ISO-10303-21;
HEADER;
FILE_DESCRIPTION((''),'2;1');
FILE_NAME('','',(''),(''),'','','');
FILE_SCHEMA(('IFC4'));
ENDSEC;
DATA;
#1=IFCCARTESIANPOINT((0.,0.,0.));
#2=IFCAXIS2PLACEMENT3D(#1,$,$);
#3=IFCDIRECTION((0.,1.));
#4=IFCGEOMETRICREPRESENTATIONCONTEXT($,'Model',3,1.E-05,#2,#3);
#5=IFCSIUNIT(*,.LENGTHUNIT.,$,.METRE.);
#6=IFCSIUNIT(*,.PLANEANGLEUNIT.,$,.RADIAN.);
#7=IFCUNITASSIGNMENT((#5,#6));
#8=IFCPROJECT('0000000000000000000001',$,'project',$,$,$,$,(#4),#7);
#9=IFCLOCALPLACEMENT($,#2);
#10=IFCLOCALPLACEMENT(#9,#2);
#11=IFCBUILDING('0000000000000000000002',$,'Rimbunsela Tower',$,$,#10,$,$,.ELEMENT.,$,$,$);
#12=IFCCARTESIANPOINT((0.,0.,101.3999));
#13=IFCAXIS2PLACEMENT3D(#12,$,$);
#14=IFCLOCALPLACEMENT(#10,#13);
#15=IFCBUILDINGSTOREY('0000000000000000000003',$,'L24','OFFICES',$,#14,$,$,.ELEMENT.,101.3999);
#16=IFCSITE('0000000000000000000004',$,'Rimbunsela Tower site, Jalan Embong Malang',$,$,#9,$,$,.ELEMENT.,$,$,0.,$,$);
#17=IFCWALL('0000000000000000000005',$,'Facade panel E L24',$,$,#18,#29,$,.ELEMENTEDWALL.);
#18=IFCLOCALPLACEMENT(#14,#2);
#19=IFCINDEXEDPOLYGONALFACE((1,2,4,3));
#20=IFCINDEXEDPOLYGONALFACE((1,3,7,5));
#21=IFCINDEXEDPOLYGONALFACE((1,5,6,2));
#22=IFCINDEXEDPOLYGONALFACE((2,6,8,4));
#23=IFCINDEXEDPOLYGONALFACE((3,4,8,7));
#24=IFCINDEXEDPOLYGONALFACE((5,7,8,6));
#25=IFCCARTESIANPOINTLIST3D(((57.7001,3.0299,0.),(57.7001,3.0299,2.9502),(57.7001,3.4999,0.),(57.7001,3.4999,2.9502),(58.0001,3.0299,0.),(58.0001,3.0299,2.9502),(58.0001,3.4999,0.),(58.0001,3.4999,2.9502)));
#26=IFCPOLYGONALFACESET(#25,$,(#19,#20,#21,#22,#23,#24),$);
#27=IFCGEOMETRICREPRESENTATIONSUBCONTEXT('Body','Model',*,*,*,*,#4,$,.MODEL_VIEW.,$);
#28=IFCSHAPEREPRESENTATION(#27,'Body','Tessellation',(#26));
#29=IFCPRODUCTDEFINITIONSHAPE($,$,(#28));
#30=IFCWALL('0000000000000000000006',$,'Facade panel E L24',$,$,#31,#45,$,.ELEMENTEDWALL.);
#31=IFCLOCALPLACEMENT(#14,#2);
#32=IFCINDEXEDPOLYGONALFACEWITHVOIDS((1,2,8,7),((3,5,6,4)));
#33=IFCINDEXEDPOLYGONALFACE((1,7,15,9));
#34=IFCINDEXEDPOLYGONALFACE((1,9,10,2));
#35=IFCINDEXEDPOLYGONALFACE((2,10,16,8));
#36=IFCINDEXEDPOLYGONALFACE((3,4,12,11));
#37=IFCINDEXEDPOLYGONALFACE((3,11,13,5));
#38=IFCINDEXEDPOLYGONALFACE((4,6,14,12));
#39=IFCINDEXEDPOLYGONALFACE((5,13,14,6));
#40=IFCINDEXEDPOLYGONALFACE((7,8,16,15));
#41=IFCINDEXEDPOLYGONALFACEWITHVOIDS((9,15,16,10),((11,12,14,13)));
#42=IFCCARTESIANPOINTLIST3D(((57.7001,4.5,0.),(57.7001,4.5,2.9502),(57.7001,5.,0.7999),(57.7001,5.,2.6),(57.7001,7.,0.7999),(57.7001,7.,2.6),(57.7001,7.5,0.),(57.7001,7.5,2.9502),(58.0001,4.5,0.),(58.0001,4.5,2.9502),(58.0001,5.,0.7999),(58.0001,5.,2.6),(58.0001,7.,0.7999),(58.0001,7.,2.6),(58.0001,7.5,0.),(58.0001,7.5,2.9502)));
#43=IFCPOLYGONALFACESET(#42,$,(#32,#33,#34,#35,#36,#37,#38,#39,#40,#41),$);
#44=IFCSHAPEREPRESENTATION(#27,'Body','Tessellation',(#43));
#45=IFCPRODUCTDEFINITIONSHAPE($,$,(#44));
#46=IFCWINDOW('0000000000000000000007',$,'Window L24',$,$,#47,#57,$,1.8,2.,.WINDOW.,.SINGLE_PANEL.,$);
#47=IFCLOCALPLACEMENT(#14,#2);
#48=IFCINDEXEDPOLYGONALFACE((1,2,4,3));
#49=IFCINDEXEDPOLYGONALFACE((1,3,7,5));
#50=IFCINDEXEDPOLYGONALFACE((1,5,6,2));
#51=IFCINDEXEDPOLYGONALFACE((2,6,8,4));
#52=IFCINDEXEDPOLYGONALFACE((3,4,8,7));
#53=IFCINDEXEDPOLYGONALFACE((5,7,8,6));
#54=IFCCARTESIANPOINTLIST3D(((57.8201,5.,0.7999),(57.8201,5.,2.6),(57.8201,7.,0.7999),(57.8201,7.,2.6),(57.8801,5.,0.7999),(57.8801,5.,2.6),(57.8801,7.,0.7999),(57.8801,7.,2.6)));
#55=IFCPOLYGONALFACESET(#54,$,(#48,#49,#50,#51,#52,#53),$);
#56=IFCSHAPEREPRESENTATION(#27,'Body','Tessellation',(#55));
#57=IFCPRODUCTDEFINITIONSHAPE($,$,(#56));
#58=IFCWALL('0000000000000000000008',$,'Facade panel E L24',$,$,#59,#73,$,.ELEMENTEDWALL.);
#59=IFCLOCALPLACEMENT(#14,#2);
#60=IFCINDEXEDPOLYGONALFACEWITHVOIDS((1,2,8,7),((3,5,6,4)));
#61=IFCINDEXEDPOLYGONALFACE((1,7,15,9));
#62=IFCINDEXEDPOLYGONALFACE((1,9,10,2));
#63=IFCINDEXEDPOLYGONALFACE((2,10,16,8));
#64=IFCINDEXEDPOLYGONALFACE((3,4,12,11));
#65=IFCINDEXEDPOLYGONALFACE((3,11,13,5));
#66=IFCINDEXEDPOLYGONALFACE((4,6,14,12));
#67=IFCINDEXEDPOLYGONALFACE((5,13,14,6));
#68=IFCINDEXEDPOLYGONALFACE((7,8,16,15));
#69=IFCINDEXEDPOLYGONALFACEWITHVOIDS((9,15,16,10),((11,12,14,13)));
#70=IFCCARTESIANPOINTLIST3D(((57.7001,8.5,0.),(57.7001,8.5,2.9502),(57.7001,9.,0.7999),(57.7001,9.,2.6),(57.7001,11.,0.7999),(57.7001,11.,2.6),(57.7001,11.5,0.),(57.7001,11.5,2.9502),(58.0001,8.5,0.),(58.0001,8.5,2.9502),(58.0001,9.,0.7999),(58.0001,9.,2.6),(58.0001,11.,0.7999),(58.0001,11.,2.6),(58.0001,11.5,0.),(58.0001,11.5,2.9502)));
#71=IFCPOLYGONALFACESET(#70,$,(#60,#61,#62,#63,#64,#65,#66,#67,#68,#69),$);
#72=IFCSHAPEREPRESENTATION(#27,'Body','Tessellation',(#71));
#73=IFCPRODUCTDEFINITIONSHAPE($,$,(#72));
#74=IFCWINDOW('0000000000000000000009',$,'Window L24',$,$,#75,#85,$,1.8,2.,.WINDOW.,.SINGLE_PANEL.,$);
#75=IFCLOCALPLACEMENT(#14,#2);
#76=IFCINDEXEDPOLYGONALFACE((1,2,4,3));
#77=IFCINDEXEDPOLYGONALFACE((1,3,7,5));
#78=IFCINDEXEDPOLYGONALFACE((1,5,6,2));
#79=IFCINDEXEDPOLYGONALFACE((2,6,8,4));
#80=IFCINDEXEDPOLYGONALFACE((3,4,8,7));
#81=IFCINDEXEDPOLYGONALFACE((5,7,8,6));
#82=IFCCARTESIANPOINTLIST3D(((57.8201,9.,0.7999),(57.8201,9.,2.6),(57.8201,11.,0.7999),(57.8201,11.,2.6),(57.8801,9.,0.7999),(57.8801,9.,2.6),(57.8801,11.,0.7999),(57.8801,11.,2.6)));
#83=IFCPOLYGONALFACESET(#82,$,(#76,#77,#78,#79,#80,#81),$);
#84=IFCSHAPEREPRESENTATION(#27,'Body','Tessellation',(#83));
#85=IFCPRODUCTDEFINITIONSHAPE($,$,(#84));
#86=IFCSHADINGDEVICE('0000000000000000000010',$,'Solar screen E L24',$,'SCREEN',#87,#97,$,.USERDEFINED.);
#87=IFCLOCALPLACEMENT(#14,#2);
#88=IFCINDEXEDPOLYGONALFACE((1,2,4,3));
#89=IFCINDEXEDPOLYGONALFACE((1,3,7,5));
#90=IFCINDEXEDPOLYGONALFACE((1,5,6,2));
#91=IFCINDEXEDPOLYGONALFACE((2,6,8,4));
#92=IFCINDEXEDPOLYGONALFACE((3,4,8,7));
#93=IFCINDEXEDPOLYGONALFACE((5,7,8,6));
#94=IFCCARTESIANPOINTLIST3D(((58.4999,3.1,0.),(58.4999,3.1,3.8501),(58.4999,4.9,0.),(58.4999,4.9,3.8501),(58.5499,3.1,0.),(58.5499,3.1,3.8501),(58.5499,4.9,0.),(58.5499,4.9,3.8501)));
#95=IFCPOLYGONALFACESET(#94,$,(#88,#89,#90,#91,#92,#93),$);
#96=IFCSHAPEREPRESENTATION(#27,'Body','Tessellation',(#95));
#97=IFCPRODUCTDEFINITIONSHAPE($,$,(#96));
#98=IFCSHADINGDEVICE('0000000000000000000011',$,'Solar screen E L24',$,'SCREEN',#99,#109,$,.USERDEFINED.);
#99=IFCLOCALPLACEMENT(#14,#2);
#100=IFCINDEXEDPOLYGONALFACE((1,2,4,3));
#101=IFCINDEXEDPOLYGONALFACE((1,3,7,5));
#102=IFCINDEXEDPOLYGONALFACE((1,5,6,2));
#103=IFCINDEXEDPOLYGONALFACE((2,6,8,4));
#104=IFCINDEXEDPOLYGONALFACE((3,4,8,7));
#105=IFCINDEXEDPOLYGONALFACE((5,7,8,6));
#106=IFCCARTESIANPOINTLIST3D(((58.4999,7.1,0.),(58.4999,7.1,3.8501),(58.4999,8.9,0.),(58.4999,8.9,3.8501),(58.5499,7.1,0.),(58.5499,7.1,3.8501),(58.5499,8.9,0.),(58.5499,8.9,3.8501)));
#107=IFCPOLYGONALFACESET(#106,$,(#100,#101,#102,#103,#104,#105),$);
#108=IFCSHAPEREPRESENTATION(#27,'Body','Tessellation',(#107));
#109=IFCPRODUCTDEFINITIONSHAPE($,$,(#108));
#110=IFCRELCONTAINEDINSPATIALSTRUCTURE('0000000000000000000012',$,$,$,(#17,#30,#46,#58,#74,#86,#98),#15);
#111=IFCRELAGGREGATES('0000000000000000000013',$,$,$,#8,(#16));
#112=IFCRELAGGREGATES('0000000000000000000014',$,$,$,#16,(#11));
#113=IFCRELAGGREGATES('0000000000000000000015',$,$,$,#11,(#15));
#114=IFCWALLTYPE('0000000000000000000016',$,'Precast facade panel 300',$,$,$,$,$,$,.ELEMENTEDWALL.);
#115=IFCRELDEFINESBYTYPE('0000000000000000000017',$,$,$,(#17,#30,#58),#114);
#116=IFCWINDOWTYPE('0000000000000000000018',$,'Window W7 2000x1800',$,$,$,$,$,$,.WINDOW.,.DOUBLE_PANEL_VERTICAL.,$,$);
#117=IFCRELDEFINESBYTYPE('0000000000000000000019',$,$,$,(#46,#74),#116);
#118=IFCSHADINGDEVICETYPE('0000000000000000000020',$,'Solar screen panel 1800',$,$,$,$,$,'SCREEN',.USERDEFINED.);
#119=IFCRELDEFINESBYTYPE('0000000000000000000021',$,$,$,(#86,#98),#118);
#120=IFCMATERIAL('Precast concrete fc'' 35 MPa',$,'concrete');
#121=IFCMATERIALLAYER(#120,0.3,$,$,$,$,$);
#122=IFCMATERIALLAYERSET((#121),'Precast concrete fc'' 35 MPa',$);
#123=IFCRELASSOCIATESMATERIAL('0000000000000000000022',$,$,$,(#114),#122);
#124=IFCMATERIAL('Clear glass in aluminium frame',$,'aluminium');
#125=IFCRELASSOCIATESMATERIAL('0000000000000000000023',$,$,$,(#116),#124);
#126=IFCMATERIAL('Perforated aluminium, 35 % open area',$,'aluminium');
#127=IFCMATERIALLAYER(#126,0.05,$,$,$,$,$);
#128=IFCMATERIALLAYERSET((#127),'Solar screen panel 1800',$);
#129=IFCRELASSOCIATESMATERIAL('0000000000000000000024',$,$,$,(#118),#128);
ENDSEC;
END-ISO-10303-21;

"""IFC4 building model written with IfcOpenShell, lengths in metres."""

from ifc_helpers import new_model, si_unit, direction, frame, frame_2d, origin, origin_2d, place, context, subcontext, project, spatial, rectangle, extrude, material, layer, layer_set, type_object, element, fill, save


model = new_model("IFC4")

# Units and contexts
model_context = context("Model", 3, precision=1e-05, world=origin(), true_north=direction((0.0, 1.0)))
body_context = subcontext(model_context, "Body", "Model", "MODEL_VIEW")
ifc_project = project(units=[si_unit("LENGTHUNIT", "METRE"), si_unit("PLANEANGLEUNIT", "RADIAN")], contexts=[model_context])

# Site, building, storey
site_placement = place(None, origin())
site = spatial("IfcSite", under=ifc_project, at=site_placement, Name="Rimbunsela Tower site, Jalan Embong Malang", CompositionType="ELEMENT", RefElevation=0.0)
building_placement = place(site_placement, origin())
building = spatial("IfcBuilding", under=site, at=building_placement, Name="Rimbunsela Tower", CompositionType="ELEMENT")
storey_placement = place(building_placement, frame((0.0, 0.0, 101.3999)))
storey = spatial("IfcBuildingStorey", under=building, at=storey_placement, Name="L24", Description="OFFICES", CompositionType="ELEMENT", Elevation=101.3999)

# Wall
ifc_material_1 = material(Name="Precast concrete fc' 35 MPa", Category="concrete")
ifc_layer_1 = layer(ifc_material_1, 0.3)
ifc_layer_set_1 = layer_set([ifc_layer_1], Name="Precast concrete fc' 35 MPa")
wall_type_1 = type_object("IfcWallType", Name="Precast facade panel 300", PredefinedType="ELEMENTEDWALL", material=ifc_layer_set_1)
wall_1_placement = place(storey_placement, frame((57.8501, 3.03, 0.0), z_axis=(0.0, 0.0, 1.0), x_axis=(0.0, 1.0, 0.0)))
element("IfcWall", 1, at=wall_1_placement, inside=storey, type_object=wall_type_1, Name="Facade panel E L24", PredefinedType="ELEMENTEDWALL", context=body_context, shape_type="SweptSolid", body=[
    extrude(rectangle(XDim=0.47, YDim=0.3, at=frame_2d((0.2349, 0.0))), origin(), (0.0, 0.0, 1.0), 2.9502),
])

# Walls, openings, windows
wall_2_placement = place(storey_placement, frame((57.8501, 4.5, 0.0), z_axis=(0.0, 0.0, 1.0), x_axis=(0.0, 1.0, 0.0)))
wall_2 = element("IfcWall", 2, at=wall_2_placement, inside=storey, type_object=wall_type_1, Name="Facade panel E L24", PredefinedType="ELEMENTEDWALL", context=body_context, shape_type="SweptSolid", body=[
    extrude(rectangle(XDim=3.0, YDim=0.3, at=frame_2d((1.5, 0.0))), origin(), (0.0, 0.0, 1.0), 2.9502),
])
opening_1_placement = place(wall_2_placement, frame((0.5, 0.0, 0.8)))
opening_1 = element("IfcOpeningElement", 3, at=opening_1_placement, cuts=wall_2, PredefinedType="OPENING", context=body_context, shape_type="SweptSolid", body=[
    extrude(rectangle(XDim=2.0, YDim=1.8, at=frame_2d((1.0, 0.8999))), frame((0.0, 0.1599, 0.0), z_axis=(0.0, -1.0, 0.0), x_axis=(1.0, 0.0, 0.0)), (0.0, 0.0, 1.0), 0.3201),
])
ifc_material_2 = material(Name="Clear glass in aluminium frame", Category="aluminium")
window_type = type_object("IfcWindowType", Name="Window W7 2000x1800", PartitioningType="DOUBLE_PANEL_VERTICAL", PredefinedType="WINDOW", material=ifc_material_2)
window_1_placement = place(opening_1_placement, origin())
window_1 = element("IfcWindow", 4, at=window_1_placement, inside=storey, type_object=window_type, Name="Window L24", OverallHeight=1.8, OverallWidth=2.0, PartitioningType="SINGLE_PANEL", PredefinedType="WINDOW", context=body_context, shape_type="SweptSolid", body=[
    extrude(rectangle(XDim=2.0, YDim=1.8, at=frame_2d((1.0, 0.8999))), frame((0.0, 0.03, 0.0), z_axis=(0.0, -1.0, 0.0), x_axis=(1.0, 0.0, 0.0)), (0.0, 0.0, 1.0), 0.0601),
])
fill(opening_1, window_1)
wall_3_placement = place(storey_placement, frame((57.8501, 8.5, 0.0), z_axis=(0.0, 0.0, 1.0), x_axis=(0.0, 1.0, 0.0)))
wall_3 = element("IfcWall", 5, at=wall_3_placement, inside=storey, type_object=wall_type_1, Name="Facade panel E L24", PredefinedType="ELEMENTEDWALL", context=body_context, shape_type="SweptSolid", body=[
    extrude(rectangle(XDim=3.0, YDim=0.3, at=frame_2d((1.5, 0.0))), origin(), (0.0, 0.0, 1.0), 2.9502),
])
opening_2_placement = place(wall_3_placement, frame((0.5, 0.0, 0.8)))
opening_2 = element("IfcOpeningElement", 6, at=opening_2_placement, cuts=wall_3, PredefinedType="OPENING", context=body_context, shape_type="SweptSolid", body=[
    extrude(rectangle(XDim=2.0, YDim=1.8, at=frame_2d((1.0, 0.8999))), frame((0.0, 0.1599, 0.0), z_axis=(0.0, -1.0, 0.0), x_axis=(1.0, 0.0, 0.0)), (0.0, 0.0, 1.0), 0.3201),
])
window_2_placement = place(opening_2_placement, origin())
window_2 = element("IfcWindow", 7, at=window_2_placement, inside=storey, type_object=window_type, Name="Window L24", OverallHeight=1.8, OverallWidth=2.0, PartitioningType="SINGLE_PANEL", PredefinedType="WINDOW", context=body_context, shape_type="SweptSolid", body=[
    extrude(rectangle(XDim=2.0, YDim=1.8, at=frame_2d((1.0, 0.8999))), frame((0.0, 0.03, 0.0), z_axis=(0.0, -1.0, 0.0), x_axis=(1.0, 0.0, 0.0)), (0.0, 0.0, 1.0), 0.0601),
])
fill(opening_2, window_2)

# Shading devices
ifc_material_3 = material(Name="Perforated aluminium, 35 % open area", Category="aluminium")
ifc_layer_2 = layer(ifc_material_3, 0.05)
ifc_layer_set_2 = layer_set([ifc_layer_2], Name="Solar screen panel 1800")
shading_device_type = type_object("IfcShadingDeviceType", Name="Solar screen panel 1800", ElementType="SCREEN", PredefinedType="USERDEFINED", material=ifc_layer_set_2)
for number, where, z_axis, x_axis, name in (
    (8, (58.5249, 4.0, 0.0), (0.0, 0.0, 1.0), (0.0, 1.0, 0.0), "Solar screen E L24"),
    (9, (58.5249, 8.0, 0.0), (0.0, 0.0, 1.0), (0.0, 1.0, 0.0), "Solar screen E L24"),
):
    element("IfcShadingDevice", number, at=place(storey_placement, frame(where, z_axis=z_axis, x_axis=x_axis)), inside=storey, type_object=shading_device_type, Name=name, ObjectType="SCREEN", PredefinedType="USERDEFINED", context=body_context, shape_type="SweptSolid", body=[
        extrude(rectangle(XDim=1.8, YDim=0.05, at=origin_2d()), origin(), (0.0, 0.0, 1.0), 3.8501),
    ])

save(model, "model.ifc")
